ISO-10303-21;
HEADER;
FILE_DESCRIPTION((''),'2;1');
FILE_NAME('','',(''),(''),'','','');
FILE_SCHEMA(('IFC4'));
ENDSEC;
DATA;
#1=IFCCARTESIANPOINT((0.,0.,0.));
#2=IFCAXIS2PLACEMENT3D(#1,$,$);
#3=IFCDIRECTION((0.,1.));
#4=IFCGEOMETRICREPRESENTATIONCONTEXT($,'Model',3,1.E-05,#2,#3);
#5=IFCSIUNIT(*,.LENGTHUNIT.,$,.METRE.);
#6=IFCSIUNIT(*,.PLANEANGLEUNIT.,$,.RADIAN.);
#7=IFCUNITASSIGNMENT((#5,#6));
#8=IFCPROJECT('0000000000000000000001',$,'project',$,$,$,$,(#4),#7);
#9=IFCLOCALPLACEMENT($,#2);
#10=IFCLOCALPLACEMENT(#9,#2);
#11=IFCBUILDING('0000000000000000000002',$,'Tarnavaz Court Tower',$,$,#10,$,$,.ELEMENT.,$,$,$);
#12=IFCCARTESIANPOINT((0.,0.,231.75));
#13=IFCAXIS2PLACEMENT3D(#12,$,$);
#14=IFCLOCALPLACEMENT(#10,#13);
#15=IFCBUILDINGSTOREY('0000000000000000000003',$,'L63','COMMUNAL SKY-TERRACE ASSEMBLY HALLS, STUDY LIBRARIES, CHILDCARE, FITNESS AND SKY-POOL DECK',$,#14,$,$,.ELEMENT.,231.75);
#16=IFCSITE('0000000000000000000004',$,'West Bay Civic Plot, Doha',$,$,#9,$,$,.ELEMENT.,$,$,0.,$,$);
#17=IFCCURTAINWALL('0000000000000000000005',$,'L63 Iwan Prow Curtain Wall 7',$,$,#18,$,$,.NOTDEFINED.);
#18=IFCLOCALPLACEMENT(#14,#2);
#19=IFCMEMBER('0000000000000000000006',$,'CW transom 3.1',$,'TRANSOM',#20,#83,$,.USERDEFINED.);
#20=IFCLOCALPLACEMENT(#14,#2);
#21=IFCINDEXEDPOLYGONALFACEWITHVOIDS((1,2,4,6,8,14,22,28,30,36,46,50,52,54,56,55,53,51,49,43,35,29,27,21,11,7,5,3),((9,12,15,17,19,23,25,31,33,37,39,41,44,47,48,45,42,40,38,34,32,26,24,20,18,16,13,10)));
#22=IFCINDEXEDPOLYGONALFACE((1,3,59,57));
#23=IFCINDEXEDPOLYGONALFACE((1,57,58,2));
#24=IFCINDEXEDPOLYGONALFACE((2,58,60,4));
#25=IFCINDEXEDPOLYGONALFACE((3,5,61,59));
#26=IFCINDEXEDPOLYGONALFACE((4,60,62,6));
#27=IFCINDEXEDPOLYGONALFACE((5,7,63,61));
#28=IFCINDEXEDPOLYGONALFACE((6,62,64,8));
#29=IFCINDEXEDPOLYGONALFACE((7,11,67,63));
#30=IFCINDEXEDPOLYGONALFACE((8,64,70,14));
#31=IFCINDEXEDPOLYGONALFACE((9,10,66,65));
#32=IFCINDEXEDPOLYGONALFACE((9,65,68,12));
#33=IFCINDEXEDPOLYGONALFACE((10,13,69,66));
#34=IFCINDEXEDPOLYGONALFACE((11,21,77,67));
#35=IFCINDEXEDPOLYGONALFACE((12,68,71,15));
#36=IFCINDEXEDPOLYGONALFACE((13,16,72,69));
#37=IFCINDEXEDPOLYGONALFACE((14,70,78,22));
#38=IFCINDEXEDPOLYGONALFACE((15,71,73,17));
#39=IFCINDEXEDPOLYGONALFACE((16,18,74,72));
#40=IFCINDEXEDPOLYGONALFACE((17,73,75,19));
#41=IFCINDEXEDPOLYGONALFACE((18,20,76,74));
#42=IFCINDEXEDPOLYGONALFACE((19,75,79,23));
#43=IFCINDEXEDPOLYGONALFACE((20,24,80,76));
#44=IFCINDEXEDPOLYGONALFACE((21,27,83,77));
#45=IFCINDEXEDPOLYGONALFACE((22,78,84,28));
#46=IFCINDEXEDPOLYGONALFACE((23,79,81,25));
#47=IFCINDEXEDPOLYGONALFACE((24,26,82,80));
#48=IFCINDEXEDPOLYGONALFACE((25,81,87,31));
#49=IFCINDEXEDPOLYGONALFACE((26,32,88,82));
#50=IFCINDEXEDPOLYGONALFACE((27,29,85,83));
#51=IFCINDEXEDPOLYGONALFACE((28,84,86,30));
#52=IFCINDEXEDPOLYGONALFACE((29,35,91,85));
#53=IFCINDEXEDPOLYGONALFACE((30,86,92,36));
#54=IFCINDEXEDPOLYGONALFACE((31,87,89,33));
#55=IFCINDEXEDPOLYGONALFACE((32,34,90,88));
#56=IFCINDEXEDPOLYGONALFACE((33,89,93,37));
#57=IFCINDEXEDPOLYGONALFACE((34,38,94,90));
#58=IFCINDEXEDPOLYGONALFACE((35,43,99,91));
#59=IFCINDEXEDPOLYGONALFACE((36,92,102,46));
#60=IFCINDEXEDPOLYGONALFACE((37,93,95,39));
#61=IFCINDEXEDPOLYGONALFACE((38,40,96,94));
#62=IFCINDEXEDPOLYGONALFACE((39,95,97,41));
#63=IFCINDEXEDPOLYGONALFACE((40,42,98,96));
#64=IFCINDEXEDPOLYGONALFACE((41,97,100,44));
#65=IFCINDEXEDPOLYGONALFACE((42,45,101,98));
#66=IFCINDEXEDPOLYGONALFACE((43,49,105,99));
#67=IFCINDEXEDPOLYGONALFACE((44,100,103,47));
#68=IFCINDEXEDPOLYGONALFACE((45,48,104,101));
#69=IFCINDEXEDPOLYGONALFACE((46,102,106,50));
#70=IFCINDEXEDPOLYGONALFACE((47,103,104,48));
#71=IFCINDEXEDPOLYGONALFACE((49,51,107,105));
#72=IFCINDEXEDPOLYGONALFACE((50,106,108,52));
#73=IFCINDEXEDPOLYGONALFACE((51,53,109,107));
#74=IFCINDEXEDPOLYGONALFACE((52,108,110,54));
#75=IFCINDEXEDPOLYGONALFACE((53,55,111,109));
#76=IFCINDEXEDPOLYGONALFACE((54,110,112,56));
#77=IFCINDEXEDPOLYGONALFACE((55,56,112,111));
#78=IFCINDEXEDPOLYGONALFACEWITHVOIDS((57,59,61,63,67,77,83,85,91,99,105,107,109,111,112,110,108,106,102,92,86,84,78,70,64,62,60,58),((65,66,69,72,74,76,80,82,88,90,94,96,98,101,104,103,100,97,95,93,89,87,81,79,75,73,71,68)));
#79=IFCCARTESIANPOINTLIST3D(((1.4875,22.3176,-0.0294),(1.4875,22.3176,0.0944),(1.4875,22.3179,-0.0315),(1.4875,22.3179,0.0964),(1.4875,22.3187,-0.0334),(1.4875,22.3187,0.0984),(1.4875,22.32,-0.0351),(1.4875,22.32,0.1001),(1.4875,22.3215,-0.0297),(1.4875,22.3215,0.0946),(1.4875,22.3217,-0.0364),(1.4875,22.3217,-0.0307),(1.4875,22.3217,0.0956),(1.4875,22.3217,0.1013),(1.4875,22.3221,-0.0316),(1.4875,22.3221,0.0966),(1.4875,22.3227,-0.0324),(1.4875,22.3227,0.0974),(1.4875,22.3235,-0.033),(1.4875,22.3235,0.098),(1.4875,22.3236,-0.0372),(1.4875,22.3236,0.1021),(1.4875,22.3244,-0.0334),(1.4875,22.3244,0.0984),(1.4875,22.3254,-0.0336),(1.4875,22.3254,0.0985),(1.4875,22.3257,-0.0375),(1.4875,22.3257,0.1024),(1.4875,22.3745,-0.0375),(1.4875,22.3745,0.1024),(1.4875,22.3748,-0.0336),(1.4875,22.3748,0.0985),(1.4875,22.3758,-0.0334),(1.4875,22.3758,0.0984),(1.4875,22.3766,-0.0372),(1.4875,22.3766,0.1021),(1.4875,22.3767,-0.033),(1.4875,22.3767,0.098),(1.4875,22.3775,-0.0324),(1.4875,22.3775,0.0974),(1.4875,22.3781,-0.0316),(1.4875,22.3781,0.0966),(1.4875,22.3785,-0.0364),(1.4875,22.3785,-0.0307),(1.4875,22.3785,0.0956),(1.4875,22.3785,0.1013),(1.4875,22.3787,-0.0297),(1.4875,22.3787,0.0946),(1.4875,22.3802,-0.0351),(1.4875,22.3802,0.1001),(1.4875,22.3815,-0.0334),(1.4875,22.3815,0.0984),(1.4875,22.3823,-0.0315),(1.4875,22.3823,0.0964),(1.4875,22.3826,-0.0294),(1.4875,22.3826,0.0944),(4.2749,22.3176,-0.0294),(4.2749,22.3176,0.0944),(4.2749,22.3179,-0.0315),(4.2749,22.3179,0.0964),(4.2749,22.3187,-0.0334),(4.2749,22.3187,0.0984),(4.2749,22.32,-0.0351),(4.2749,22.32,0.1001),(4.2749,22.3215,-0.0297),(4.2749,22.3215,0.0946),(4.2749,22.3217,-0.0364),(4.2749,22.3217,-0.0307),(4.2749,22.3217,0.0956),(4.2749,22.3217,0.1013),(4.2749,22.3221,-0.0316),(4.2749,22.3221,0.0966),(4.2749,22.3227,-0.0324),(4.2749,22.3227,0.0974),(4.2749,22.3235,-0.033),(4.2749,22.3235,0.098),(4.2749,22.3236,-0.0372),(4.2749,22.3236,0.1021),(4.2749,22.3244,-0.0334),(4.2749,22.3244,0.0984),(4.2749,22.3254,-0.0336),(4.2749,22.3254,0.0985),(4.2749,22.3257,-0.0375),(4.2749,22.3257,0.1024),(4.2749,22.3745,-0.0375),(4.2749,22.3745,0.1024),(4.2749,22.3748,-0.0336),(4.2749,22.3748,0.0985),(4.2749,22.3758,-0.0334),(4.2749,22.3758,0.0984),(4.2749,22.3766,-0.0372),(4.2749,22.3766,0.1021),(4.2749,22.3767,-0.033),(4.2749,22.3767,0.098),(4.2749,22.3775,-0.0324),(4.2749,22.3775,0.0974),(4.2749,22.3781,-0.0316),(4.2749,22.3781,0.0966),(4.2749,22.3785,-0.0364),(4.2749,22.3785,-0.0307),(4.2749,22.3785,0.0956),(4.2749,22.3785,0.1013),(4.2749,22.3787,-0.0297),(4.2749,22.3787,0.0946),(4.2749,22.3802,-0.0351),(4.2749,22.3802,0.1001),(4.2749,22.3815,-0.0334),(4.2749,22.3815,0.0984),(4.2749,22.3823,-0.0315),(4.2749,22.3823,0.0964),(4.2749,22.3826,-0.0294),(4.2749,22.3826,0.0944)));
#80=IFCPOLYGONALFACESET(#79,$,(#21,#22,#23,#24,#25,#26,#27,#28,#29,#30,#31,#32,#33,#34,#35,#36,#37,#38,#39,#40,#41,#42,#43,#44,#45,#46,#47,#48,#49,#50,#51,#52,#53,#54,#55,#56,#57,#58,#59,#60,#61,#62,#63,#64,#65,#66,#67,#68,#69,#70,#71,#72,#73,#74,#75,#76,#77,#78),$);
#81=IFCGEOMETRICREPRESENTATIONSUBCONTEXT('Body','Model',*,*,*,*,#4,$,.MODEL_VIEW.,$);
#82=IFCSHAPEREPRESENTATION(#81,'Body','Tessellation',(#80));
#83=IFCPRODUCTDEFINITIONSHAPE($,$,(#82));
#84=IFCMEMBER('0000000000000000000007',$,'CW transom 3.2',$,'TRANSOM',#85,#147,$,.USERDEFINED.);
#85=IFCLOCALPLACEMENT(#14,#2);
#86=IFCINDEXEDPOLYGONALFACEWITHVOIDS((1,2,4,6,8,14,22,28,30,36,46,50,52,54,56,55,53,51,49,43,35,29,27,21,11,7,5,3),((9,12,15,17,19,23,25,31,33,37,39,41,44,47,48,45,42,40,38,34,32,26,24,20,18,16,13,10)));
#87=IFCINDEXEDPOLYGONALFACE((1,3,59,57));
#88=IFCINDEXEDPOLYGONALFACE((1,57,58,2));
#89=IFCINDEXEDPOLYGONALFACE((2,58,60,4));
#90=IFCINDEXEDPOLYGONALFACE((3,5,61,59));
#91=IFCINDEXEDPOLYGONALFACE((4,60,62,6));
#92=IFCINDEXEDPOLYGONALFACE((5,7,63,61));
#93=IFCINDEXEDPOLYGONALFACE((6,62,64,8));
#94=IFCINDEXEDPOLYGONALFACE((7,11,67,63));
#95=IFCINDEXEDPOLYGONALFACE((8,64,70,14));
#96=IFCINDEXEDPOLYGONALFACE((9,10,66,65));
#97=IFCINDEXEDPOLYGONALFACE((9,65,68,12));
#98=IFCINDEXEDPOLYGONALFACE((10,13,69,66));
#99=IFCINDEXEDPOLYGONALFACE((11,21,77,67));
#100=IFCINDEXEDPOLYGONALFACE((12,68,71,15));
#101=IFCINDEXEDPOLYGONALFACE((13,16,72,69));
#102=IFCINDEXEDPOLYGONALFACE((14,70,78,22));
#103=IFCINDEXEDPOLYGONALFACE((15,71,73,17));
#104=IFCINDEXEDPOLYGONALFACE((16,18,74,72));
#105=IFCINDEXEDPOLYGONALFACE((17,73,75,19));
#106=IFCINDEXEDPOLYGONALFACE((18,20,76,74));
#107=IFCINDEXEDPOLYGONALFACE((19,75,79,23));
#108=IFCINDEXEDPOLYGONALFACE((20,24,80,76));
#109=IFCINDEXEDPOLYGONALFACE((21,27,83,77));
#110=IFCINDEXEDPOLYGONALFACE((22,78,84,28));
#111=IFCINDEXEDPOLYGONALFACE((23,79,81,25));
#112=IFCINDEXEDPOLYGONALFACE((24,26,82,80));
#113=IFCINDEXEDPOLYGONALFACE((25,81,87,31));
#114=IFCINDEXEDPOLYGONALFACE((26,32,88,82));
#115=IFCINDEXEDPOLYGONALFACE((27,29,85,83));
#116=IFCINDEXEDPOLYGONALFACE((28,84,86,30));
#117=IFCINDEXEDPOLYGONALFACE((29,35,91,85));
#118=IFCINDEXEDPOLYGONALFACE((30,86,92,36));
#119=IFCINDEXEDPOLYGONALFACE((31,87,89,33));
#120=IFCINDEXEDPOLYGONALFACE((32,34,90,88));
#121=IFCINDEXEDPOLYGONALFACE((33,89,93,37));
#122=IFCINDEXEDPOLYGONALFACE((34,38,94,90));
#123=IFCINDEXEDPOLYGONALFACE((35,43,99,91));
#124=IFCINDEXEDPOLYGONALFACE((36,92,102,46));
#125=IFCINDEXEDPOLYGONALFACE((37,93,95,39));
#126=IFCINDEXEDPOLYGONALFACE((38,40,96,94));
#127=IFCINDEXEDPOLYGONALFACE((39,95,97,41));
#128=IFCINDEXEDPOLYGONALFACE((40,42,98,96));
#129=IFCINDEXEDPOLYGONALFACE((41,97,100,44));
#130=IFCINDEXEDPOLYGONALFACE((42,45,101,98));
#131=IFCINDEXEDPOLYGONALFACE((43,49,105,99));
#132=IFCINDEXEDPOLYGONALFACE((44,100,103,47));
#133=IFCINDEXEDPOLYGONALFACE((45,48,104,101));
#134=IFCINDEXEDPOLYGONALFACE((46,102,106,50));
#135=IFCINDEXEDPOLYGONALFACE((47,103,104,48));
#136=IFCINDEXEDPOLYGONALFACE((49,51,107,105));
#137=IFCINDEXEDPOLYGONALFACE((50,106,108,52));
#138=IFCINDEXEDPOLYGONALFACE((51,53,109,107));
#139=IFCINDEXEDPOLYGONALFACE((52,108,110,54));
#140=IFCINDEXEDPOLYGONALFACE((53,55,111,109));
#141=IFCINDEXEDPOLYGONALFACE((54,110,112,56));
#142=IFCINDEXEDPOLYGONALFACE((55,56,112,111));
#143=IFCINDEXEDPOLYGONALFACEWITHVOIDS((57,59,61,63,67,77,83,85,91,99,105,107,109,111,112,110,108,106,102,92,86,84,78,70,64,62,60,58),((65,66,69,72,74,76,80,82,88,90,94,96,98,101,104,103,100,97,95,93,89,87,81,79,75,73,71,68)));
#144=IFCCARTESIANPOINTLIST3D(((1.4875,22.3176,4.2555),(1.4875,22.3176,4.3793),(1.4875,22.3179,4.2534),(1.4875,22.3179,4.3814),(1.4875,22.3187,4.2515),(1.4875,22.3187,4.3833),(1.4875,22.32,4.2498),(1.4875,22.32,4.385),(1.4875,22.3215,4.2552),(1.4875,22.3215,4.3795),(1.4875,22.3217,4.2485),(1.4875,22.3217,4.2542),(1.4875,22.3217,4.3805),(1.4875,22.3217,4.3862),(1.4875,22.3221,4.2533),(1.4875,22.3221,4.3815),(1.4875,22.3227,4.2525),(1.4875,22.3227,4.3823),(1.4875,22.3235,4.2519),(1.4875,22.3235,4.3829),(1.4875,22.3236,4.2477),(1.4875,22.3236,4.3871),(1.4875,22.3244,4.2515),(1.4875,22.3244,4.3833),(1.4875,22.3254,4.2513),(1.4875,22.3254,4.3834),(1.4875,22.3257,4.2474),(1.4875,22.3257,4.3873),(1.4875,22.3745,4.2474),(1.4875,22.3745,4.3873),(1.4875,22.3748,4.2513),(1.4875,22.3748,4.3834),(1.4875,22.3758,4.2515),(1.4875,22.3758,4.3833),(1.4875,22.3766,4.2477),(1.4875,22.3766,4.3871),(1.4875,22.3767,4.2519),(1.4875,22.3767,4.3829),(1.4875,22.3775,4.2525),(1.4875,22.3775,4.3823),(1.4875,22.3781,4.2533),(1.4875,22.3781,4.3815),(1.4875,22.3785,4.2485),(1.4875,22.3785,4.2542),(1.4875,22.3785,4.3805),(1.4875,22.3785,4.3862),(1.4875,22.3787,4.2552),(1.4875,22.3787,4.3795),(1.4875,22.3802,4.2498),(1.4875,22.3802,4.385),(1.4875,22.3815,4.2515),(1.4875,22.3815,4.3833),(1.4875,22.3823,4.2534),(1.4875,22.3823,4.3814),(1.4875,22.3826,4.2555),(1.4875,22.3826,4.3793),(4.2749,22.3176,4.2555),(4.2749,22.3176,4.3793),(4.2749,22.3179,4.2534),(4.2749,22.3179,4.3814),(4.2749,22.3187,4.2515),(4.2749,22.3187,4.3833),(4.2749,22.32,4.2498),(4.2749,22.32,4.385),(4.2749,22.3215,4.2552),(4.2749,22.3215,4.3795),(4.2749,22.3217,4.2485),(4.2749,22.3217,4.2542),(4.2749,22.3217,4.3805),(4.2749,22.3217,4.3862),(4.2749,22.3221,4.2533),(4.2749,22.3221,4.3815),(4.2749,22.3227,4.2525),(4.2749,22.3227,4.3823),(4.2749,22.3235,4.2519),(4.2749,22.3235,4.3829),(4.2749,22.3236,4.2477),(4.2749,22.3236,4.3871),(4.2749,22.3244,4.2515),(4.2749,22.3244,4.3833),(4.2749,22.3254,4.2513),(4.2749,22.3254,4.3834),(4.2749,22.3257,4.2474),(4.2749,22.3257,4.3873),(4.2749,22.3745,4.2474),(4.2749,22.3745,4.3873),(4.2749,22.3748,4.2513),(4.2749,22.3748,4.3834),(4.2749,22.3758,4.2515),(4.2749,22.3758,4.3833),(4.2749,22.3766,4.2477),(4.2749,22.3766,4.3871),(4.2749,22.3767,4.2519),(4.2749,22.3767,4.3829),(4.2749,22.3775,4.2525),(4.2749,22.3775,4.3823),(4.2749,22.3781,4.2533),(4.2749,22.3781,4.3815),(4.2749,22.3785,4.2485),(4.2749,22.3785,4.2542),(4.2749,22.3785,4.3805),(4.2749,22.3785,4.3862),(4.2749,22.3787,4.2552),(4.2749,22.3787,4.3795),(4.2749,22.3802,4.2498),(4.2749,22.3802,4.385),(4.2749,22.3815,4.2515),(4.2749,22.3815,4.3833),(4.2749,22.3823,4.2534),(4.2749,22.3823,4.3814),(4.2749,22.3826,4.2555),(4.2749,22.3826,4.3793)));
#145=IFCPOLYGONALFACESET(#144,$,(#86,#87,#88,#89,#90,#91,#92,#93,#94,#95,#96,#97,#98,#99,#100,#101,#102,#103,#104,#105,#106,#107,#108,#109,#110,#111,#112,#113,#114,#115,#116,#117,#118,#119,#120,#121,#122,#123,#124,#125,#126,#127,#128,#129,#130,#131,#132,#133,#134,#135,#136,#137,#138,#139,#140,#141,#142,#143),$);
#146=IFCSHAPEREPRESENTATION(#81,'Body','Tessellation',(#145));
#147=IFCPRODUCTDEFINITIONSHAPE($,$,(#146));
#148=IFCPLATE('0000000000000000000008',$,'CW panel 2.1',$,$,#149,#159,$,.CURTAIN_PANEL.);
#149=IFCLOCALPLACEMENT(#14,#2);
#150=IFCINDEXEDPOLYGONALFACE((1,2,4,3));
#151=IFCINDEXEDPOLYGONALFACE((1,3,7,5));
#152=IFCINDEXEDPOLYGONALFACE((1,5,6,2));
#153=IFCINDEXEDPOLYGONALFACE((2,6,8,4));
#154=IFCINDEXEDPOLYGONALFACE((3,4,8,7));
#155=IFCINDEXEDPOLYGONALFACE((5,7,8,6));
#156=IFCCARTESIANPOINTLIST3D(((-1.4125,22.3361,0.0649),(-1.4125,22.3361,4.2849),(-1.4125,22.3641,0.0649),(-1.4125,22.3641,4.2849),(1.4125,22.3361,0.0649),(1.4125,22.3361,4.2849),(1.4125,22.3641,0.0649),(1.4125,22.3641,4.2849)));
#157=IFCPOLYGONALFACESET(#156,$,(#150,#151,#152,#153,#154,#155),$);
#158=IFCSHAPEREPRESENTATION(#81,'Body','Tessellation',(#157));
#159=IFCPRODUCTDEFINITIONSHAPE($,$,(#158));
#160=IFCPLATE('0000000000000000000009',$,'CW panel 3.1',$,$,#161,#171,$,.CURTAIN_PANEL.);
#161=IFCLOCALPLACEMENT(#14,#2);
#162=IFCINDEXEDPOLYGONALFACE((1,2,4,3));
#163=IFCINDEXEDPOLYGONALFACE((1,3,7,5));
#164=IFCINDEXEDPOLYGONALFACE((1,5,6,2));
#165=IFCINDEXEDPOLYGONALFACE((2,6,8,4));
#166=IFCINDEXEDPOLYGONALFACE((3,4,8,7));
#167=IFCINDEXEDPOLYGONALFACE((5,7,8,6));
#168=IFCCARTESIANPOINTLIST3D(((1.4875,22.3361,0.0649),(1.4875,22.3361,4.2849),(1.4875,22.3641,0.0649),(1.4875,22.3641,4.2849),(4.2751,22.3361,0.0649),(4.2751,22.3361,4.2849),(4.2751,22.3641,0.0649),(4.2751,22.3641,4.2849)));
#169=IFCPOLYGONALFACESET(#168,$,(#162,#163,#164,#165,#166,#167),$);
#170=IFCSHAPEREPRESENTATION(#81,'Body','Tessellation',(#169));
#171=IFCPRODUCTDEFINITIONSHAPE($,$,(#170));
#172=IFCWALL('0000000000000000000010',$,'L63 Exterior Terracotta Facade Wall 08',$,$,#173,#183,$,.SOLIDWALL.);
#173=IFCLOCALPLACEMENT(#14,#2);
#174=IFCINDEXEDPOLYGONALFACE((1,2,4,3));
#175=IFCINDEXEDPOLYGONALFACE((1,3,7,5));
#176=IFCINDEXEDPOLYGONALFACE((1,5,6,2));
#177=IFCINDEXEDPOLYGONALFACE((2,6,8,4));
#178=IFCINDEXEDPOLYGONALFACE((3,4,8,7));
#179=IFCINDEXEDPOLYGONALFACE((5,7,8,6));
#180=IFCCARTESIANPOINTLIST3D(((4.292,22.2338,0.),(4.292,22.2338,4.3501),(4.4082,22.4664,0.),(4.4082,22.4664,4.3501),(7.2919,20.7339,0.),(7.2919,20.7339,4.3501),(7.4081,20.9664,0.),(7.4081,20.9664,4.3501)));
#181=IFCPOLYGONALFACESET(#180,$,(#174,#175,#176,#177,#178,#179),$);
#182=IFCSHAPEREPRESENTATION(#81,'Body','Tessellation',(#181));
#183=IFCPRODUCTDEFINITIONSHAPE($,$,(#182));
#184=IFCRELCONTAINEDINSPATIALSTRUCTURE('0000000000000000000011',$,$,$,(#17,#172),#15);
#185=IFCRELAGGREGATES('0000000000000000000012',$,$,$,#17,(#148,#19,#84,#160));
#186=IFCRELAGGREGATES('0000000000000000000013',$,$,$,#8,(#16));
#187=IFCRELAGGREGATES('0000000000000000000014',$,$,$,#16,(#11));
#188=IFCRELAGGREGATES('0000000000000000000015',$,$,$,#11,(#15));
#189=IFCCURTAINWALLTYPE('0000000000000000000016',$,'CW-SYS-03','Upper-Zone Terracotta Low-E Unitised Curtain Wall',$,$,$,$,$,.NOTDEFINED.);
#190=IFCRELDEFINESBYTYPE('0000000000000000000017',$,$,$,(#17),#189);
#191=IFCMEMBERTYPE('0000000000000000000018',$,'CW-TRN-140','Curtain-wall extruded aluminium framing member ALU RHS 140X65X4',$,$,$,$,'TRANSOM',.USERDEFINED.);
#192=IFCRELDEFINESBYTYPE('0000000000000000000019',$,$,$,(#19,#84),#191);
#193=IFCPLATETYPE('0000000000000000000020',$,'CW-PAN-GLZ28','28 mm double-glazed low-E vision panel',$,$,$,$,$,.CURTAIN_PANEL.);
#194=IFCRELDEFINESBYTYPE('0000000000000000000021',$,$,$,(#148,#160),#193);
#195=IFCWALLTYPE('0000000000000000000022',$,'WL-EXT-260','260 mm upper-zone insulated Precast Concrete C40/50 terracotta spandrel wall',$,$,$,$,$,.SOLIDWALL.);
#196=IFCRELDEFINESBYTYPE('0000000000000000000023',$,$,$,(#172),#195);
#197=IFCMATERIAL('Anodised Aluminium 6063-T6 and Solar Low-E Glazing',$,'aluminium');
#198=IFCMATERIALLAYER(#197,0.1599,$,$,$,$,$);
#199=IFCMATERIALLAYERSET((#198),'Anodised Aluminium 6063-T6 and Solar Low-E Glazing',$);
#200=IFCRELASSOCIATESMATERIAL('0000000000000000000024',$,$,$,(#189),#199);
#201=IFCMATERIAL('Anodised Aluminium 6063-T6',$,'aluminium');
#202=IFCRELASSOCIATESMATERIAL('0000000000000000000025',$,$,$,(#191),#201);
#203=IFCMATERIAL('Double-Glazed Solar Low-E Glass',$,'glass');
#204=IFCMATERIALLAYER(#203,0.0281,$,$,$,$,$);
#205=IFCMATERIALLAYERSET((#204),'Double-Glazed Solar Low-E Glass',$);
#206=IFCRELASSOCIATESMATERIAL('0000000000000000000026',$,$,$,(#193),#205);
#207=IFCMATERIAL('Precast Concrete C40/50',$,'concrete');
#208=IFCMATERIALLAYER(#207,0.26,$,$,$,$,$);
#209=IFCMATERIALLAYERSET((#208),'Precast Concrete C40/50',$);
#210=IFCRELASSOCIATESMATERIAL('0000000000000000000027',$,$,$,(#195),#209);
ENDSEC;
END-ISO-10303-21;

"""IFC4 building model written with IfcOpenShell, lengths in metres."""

from ifc_helpers import new_model, si_unit, direction, frame, frame_2d, origin, origin_2d, place, context, subcontext, project, spatial, rectangle, hollow_rectangle, extrude, material, layer, layer_set, material_profile, profile_set, type_object, element, aggregate, save


model = new_model("IFC4")

# Units and contexts
model_context = context("Model", 3, precision=1e-05, world=origin(), true_north=direction((0.0, 1.0)))
body_context = subcontext(model_context, "Body", "Model", "MODEL_VIEW")
ifc_project = project(units=[si_unit("LENGTHUNIT", "METRE"), si_unit("PLANEANGLEUNIT", "RADIAN")], contexts=[model_context])

# Site, building, storey
site_placement = place(None, origin())
site = spatial("IfcSite", under=ifc_project, at=site_placement, Name="West Bay Civic Plot, Doha", CompositionType="ELEMENT", RefElevation=0.0)
building_placement = place(site_placement, origin())
building = spatial("IfcBuilding", under=site, at=building_placement, Name="Tarnavaz Court Tower", CompositionType="ELEMENT")
storey_placement = place(building_placement, frame((0.0, 0.0, 231.75)))
storey = spatial("IfcBuildingStorey", under=building, at=storey_placement, Name="L63", Description="COMMUNAL SKY-TERRACE ASSEMBLY HALLS, STUDY LIBRARIES, CHILDCARE, FITNESS AND SKY-POOL DECK", CompositionType="ELEMENT", Elevation=231.75)

# Curtain wall, members, plates
ifc_material_1 = material(Name="Anodised Aluminium 6063-T6 and Solar Low-E Glazing", Category="aluminium")
ifc_layer_1 = layer(ifc_material_1, 0.1599)
ifc_layer_set_1 = layer_set([ifc_layer_1], Name="Anodised Aluminium 6063-T6 and Solar Low-E Glazing")
curtain_wall_type = type_object("IfcCurtainWallType", Name="CW-SYS-03", Description="Upper-Zone Terracotta Low-E Unitised Curtain Wall", PredefinedType="NOTDEFINED", material=ifc_layer_set_1)
curtain_wall_placement = place(storey_placement, origin())
curtain_wall = element("IfcCurtainWall", 1, at=curtain_wall_placement, inside=storey, type_object=curtain_wall_type, Name="L63 Iwan Prow Curtain Wall 7", PredefinedType="NOTDEFINED")
ifc_material_2 = material(Name="Anodised Aluminium 6063-T6", Category="aluminium")
ifc_material_profile_1 = material_profile(ifc_material_2, hollow_rectangle(XDim=0.0649, YDim=0.1399, WallThickness=0.0039, InnerFilletRadius=0.0039, OuterFilletRadius=0.0081, at=origin_2d()), Name="ALU RHS 140X65X4")
ifc_profile_set_1 = profile_set([ifc_material_profile_1], Name="Anodised Aluminium 6063-T6")
member_type_1 = type_object("IfcMemberType", Name="CW-TRN-140", Description="Curtain-wall extruded aluminium framing member ALU RHS 140X65X4", ElementType="TRANSOM", PredefinedType="USERDEFINED", material=ifc_profile_set_1)
member_1_placement = place(storey_placement, frame((1.4875, 22.3501, 0.0325), z_axis=(1.0, 0.0, 0.0), x_axis=(0.0, 1.0, 0.0)))
member_1 = element("IfcMember", 2, at=member_1_placement, type_object=member_type_1, Name="CW transom 3.1", ObjectType="TRANSOM", PredefinedType="USERDEFINED", context=body_context, shape_type="SweptSolid", body=[
    extrude(hollow_rectangle(XDim=0.0649, YDim=0.1399, WallThickness=0.0039, InnerFilletRadius=0.0039, OuterFilletRadius=0.0081, at=origin_2d()), origin(), (0.0, 0.0, 1.0), 2.7874),
])
member_2_placement = place(storey_placement, frame((1.4875, 22.3501, 4.3174), z_axis=(1.0, 0.0, 0.0), x_axis=(0.0, 1.0, 0.0)))
member_2 = element("IfcMember", 3, at=member_2_placement, type_object=member_type_1, Name="CW transom 3.2", ObjectType="TRANSOM", PredefinedType="USERDEFINED", context=body_context, shape_type="SweptSolid", body=[
    extrude(hollow_rectangle(XDim=0.0649, YDim=0.1399, WallThickness=0.0039, InnerFilletRadius=0.0039, OuterFilletRadius=0.0081, at=origin_2d()), origin(), (0.0, 0.0, 1.0), 2.7874),
])
ifc_material_3 = material(Name="Double-Glazed Solar Low-E Glass", Category="glass")
ifc_layer_2 = layer(ifc_material_3, 0.0281)
ifc_layer_set_2 = layer_set([ifc_layer_2], Name="Double-Glazed Solar Low-E Glass")
plate_type = type_object("IfcPlateType", Name="CW-PAN-GLZ28", Description="28 mm double-glazed low-E vision panel", PredefinedType="CURTAIN_PANEL", material=ifc_layer_set_2)
plate_1_placement = place(storey_placement, frame((0.0, 22.3501, 0.0649), z_axis=(0.0, 0.0, 1.0), x_axis=(1.0, 0.0, 0.0)))
plate_1 = element("IfcPlate", 4, at=plate_1_placement, type_object=plate_type, Name="CW panel 2.1", PredefinedType="CURTAIN_PANEL", context=body_context, shape_type="SweptSolid", body=[
    extrude(rectangle(XDim=2.825, YDim=0.0281, at=origin_2d()), origin(), (0.0, 0.0, 1.0), 4.22),
])
plate_2_placement = place(storey_placement, frame((2.8813, 22.3501, 0.0649), z_axis=(0.0, 0.0, 1.0), x_axis=(1.0, 0.0, 0.0)))
plate_2 = element("IfcPlate", 5, at=plate_2_placement, type_object=plate_type, Name="CW panel 3.1", PredefinedType="CURTAIN_PANEL", context=body_context, shape_type="SweptSolid", body=[
    extrude(rectangle(XDim=2.7876, YDim=0.0281, at=origin_2d()), origin(), (0.0, 0.0, 1.0), 4.22),
])
aggregate(curtain_wall, [plate_1, member_1, member_2, plate_2])

# Wall
ifc_material_4 = material(Name="Precast Concrete C40/50", Category="concrete")
ifc_layer_3 = layer(ifc_material_4, 0.26)
ifc_layer_set_3 = layer_set([ifc_layer_3], Name="Precast Concrete C40/50")
wall_type_1 = type_object("IfcWallType", Name="WL-EXT-260", Description="260 mm upper-zone insulated Precast Concrete C40/50 terracotta spandrel wall", PredefinedType="SOLIDWALL", material=ifc_layer_set_3)
wall_1_placement = place(storey_placement, frame((4.3501, 22.3501, 0.0), z_axis=(0.0, 0.0, 1.0), x_axis=(0.894427, -0.447214, 0.0)))
element("IfcWall", 6, at=wall_1_placement, inside=storey, type_object=wall_type_1, Name="L63 Exterior Terracotta Facade Wall 08", PredefinedType="SOLIDWALL", context=body_context, shape_type="SweptSolid", body=[
    extrude(rectangle(XDim=3.354, YDim=0.26, at=frame_2d((1.677, 0.0))), origin(), (0.0, 0.0, 1.0), 4.3501),
])

save(model, "model.ifc")
